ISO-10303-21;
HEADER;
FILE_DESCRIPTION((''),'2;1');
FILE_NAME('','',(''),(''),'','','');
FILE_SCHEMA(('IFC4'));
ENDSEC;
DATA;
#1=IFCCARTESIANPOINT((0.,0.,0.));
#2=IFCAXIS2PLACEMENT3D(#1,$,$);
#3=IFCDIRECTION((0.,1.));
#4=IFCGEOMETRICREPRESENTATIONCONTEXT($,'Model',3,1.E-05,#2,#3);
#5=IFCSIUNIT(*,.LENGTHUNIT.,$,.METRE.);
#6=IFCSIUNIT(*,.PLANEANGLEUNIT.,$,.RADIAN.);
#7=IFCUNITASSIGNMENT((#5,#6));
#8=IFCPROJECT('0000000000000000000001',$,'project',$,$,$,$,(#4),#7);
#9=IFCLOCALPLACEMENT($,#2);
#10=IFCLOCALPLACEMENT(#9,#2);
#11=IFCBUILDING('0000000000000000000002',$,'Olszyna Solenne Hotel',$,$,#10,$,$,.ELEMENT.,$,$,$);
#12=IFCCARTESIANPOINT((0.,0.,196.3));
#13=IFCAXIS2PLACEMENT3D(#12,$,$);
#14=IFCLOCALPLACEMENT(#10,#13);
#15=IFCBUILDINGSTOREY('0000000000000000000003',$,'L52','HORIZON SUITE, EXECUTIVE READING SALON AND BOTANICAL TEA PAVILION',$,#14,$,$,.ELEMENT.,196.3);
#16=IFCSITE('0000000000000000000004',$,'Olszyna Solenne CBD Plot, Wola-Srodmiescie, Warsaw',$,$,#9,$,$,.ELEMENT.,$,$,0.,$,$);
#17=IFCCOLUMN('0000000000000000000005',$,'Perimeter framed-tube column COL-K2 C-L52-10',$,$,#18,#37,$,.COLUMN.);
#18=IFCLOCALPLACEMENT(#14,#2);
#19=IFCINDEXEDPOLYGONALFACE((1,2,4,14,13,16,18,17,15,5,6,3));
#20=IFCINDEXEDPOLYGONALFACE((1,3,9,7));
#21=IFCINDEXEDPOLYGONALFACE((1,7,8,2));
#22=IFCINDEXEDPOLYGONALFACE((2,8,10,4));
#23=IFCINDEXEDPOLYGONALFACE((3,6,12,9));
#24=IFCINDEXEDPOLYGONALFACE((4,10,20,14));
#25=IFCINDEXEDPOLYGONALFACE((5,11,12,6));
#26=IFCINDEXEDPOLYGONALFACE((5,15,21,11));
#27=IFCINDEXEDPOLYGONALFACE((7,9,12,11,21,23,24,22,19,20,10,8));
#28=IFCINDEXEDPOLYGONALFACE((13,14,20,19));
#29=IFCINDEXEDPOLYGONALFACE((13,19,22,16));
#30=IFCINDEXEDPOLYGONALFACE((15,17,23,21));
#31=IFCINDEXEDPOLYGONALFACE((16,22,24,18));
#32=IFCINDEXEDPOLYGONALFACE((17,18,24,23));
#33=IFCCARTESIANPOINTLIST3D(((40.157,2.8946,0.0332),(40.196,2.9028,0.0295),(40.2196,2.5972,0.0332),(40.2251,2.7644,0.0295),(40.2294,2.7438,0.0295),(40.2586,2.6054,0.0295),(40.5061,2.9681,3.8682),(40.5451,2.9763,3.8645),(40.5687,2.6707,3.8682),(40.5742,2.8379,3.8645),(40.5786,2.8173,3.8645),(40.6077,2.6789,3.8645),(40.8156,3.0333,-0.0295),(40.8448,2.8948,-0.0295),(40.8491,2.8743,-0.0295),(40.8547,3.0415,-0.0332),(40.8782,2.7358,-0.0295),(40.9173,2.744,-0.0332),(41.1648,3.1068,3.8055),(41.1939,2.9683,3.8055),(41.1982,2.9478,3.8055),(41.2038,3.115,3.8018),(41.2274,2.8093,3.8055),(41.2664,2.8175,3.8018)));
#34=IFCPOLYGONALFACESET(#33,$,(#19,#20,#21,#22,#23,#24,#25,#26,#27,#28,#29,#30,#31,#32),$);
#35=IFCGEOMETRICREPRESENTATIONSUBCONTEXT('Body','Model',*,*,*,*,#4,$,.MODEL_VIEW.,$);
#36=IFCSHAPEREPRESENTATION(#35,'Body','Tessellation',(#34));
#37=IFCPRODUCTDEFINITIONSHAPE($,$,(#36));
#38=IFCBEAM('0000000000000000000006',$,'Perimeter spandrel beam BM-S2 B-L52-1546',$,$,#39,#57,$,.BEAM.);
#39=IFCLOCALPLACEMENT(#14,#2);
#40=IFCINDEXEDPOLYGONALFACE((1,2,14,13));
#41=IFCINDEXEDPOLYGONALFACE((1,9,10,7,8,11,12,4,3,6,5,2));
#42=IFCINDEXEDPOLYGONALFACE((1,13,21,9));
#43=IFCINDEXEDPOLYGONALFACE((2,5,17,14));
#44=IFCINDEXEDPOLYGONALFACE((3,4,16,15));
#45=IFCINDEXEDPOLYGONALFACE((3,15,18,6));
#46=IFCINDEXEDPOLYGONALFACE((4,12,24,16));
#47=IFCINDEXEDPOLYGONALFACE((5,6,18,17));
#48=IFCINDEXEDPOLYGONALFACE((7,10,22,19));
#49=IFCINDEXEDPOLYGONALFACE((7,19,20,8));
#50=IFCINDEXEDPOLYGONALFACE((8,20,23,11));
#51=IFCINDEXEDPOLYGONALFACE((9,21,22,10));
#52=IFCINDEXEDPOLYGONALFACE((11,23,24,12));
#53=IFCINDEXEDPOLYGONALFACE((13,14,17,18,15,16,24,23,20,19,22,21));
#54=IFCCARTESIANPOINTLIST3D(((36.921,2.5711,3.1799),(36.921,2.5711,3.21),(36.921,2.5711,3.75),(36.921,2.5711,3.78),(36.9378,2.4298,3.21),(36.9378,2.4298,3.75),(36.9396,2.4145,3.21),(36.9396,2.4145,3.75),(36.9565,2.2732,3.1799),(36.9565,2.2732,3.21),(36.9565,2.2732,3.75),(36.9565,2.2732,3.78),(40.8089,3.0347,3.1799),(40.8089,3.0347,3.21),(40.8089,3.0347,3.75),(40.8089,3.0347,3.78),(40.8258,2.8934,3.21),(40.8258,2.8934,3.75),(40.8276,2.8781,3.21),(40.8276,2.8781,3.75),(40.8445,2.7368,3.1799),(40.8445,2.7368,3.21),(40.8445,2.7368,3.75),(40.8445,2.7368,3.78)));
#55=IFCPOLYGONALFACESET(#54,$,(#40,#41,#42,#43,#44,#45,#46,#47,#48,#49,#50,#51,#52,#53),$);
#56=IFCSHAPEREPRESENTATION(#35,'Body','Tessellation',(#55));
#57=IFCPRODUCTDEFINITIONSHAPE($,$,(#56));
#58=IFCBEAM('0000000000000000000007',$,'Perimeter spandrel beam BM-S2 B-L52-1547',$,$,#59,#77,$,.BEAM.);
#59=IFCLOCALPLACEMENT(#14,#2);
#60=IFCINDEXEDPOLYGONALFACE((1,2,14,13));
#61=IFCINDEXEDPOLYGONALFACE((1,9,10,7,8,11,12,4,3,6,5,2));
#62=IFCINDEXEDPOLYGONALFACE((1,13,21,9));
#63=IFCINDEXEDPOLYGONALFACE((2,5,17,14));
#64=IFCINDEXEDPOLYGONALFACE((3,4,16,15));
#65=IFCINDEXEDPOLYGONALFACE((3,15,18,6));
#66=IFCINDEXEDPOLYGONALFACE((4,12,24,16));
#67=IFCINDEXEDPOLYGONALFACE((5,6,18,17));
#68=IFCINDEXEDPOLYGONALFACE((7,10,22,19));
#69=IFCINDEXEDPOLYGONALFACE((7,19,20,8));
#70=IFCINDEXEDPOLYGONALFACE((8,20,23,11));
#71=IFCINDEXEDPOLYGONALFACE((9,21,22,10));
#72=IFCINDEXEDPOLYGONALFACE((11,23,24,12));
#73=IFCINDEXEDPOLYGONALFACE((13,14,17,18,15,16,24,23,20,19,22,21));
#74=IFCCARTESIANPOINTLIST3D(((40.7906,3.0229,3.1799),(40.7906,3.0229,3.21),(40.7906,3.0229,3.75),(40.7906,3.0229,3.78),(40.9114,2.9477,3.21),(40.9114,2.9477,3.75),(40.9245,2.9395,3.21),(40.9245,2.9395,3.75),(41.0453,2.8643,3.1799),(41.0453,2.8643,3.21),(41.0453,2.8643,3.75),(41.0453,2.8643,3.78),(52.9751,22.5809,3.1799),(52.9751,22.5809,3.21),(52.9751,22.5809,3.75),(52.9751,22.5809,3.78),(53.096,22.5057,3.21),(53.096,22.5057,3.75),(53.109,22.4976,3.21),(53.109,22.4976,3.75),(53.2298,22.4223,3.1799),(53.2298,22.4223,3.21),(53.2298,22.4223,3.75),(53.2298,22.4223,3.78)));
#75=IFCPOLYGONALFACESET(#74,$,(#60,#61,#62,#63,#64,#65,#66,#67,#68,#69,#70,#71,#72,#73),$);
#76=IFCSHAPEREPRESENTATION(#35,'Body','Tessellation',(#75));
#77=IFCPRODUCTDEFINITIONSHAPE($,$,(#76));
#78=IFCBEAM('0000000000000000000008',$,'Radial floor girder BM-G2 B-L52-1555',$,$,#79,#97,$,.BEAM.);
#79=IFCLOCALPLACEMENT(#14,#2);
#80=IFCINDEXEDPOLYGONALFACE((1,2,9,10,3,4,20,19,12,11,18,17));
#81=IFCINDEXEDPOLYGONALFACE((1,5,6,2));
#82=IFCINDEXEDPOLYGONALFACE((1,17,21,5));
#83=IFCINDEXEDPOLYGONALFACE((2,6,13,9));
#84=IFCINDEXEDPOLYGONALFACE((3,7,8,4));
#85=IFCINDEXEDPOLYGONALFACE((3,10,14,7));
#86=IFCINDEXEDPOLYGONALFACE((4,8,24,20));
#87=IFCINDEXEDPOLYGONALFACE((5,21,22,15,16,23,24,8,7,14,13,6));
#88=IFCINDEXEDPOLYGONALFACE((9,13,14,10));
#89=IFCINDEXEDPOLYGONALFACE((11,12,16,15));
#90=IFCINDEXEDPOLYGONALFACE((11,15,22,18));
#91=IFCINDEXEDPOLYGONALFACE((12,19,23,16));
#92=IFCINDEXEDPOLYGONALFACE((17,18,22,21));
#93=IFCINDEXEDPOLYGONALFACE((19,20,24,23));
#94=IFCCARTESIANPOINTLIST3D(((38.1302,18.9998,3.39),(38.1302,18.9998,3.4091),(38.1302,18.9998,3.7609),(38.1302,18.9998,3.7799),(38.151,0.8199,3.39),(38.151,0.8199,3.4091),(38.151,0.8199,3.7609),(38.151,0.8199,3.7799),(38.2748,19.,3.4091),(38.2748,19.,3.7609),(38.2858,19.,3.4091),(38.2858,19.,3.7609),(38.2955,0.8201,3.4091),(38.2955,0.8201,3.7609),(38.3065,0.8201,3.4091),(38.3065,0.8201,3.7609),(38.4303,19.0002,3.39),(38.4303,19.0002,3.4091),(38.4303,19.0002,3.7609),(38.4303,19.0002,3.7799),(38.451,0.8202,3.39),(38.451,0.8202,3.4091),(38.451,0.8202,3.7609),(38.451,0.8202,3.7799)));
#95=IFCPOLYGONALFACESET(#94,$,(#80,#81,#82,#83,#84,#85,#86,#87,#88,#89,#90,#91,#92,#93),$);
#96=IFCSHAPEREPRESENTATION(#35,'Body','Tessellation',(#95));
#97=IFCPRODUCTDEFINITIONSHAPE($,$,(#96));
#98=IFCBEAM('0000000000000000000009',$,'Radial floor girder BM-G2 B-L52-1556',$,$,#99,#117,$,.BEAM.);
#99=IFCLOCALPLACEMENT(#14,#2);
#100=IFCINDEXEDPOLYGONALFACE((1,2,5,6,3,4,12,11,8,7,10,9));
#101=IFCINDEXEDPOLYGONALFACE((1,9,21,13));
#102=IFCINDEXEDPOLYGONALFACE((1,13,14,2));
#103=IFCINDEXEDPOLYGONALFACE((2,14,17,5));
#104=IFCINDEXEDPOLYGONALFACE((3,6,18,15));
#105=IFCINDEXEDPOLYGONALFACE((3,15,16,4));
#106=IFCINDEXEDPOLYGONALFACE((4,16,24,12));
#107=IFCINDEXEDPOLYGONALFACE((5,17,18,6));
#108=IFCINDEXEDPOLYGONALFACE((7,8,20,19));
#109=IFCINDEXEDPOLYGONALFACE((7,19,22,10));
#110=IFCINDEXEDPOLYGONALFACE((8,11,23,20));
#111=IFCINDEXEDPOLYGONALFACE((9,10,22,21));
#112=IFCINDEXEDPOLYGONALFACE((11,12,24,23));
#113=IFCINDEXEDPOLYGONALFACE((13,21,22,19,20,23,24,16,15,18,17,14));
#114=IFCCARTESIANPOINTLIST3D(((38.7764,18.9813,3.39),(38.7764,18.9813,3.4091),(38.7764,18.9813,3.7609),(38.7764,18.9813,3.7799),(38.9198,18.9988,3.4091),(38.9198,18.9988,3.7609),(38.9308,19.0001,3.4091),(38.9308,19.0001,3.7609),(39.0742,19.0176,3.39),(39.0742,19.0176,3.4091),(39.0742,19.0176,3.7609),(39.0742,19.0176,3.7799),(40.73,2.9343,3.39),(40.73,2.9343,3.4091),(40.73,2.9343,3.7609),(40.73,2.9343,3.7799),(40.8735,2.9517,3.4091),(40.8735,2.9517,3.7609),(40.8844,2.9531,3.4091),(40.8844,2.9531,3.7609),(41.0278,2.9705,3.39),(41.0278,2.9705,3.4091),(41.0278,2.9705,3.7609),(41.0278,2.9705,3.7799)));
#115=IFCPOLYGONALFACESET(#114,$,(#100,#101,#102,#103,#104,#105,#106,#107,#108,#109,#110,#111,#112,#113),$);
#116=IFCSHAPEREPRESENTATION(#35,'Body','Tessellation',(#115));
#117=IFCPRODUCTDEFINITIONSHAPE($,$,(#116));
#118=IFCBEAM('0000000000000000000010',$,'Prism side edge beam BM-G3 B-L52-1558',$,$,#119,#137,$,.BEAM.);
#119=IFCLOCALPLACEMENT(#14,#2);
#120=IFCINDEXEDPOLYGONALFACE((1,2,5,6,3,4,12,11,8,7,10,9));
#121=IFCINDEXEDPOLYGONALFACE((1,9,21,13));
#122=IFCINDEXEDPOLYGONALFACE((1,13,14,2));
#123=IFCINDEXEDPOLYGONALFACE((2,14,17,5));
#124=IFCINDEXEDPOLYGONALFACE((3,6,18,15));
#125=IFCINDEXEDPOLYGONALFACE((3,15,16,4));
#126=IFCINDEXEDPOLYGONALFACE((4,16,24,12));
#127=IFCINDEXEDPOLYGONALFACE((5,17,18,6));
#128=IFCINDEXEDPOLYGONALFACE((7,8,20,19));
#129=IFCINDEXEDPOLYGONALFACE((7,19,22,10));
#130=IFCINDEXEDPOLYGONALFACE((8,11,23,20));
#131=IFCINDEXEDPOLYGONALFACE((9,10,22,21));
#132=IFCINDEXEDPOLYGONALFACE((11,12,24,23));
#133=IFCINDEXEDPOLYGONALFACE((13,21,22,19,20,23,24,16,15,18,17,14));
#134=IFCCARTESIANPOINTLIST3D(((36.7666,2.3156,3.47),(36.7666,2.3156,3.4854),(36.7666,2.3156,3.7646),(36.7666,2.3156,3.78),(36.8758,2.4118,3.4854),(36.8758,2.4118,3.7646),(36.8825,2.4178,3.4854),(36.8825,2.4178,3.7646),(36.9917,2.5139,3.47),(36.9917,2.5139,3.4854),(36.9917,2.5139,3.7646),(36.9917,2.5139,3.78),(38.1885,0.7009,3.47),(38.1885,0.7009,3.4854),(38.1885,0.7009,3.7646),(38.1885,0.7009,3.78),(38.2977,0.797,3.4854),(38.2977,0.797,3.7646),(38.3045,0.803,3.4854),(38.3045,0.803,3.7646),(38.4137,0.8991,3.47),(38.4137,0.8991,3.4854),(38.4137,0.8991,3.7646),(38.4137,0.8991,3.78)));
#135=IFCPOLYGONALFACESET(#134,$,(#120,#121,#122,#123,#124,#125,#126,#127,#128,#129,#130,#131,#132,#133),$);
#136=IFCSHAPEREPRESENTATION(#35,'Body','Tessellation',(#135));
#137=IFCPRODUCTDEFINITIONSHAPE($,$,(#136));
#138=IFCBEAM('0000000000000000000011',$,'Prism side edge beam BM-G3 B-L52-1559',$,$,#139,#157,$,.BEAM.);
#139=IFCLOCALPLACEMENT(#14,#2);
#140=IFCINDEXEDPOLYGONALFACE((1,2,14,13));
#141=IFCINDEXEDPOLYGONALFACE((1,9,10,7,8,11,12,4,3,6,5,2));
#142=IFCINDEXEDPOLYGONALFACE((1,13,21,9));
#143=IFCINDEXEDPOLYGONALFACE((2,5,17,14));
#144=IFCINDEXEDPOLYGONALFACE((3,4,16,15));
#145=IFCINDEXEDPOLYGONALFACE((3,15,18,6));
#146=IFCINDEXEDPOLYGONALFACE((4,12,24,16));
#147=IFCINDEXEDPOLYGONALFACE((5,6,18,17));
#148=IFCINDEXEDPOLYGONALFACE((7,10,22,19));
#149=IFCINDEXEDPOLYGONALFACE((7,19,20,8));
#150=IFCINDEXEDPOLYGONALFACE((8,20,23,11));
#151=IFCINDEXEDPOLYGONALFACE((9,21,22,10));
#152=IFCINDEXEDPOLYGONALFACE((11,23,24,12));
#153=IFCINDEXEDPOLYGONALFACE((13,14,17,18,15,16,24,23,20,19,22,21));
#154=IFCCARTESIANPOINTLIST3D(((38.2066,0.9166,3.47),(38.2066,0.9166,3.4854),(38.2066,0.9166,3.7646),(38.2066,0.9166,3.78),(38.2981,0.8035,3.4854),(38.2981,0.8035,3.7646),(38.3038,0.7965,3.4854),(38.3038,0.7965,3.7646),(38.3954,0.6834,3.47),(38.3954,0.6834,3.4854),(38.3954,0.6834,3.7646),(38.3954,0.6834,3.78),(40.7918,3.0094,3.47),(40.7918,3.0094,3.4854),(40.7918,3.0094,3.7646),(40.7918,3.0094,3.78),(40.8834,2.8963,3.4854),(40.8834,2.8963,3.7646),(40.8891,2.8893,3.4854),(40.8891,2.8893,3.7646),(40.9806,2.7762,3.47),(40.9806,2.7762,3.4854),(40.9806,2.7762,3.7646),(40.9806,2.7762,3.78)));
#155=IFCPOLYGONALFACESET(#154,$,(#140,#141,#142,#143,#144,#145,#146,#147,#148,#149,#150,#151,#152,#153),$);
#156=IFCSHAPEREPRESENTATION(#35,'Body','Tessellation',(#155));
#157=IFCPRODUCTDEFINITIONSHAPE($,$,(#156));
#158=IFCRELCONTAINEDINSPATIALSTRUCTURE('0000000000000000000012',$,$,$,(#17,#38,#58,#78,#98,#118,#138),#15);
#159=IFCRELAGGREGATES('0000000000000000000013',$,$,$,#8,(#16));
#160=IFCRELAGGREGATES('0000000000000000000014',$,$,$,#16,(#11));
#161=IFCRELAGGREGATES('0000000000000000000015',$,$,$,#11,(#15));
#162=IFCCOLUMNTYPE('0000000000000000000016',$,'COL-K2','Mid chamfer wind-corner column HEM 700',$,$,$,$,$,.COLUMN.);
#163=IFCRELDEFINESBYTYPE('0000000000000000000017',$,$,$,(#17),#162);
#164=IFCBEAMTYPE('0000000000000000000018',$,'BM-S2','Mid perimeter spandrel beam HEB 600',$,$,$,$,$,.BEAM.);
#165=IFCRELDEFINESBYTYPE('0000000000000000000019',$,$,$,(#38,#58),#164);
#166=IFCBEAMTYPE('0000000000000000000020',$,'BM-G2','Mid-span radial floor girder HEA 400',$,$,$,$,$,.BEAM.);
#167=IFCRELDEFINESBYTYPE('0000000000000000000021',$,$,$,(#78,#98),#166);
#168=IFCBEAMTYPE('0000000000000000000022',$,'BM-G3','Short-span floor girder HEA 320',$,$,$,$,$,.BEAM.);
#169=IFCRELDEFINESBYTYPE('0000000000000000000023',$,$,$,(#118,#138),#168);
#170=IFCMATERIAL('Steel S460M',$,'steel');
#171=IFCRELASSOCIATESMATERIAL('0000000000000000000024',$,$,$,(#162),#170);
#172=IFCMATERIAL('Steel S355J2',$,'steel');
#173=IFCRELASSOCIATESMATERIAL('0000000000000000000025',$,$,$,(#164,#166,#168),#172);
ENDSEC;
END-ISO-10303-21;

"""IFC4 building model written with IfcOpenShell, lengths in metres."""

from ifc_helpers import new_model, si_unit, direction, frame, origin, origin_2d, place, context, subcontext, project, spatial, i_section, extrude, source, transform, mapped, material, material_profile, profile_set, type_object, element, save


model = new_model("IFC4")

# Units and contexts
model_context = context("Model", 3, precision=1e-05, world=origin(), true_north=direction((0.0, 1.0)))
body_context = subcontext(model_context, "Body", "Model", "MODEL_VIEW")
ifc_project = project(units=[si_unit("LENGTHUNIT", "METRE"), si_unit("PLANEANGLEUNIT", "RADIAN")], contexts=[model_context])

# Site, building, storey
site_placement = place(None, origin())
site = spatial("IfcSite", under=ifc_project, at=site_placement, Name="Olszyna Solenne CBD Plot, Wola-Srodmiescie, Warsaw", CompositionType="ELEMENT", RefElevation=0.0)
building_placement = place(site_placement, origin())
building = spatial("IfcBuilding", under=site, at=building_placement, Name="Olszyna Solenne Hotel", CompositionType="ELEMENT")
storey_placement = place(building_placement, frame((0.0, 0.0, 196.3)))
storey = spatial("IfcBuildingStorey", under=building, at=storey_placement, Name="L52", Description="HORIZON SUITE, EXECUTIVE READING SALON AND BOTANICAL TEA PAVILION", CompositionType="ELEMENT", Elevation=196.3)

# Column
ifc_material_1 = material(Name="Steel S460M", Category="steel")
ifc_material_profile_1 = material_profile(ifc_material_1, i_section(OverallWidth=0.304, OverallDepth=0.7161, WebThickness=0.021, FlangeThickness=0.04, at=origin_2d()), Name="HEM 700", Category="load-bearing")
ifc_profile_set_1 = profile_set([ifc_material_profile_1], Name="Steel S460M")
column_type = type_object("IfcColumnType", Name="COL-K2", Description="Mid chamfer wind-corner column HEM 700", PredefinedType="COLUMN", material=ifc_profile_set_1)
shared_shape_1 = source(origin(), body_context, "Body", "SweptSolid", [
    extrude(i_section(OverallWidth=0.304, OverallDepth=0.7161, WebThickness=0.021, FlangeThickness=0.04, at=origin_2d()), origin(), (0.0, 0.0, 1.0), 3.8516),
])
column_placement = place(storey_placement, frame((40.5371, 2.8193, 0.0), z_axis=(0.090645, 0.01908, 0.9957), x_axis=(-0.205976, 0.978557, 0.0)))
element("IfcColumn", 1, at=column_placement, inside=storey, type_object=column_type, Name="Perimeter framed-tube column COL-K2 C-L52-10", PredefinedType="COLUMN", context=body_context, shape_type="MappedRepresentation", body=[
    mapped(shared_shape_1, transform((0.0, 0.0, 0.0), x_axis=(1.0, 0.0, 0.0), y_axis=(0.0, 1.0, 0.0), z_axis=(0.0, 0.0, 1.0), scale=1.0)),
])

# Beams
ifc_material_2 = material(Name="Steel S355J2", Category="steel")
ifc_material_profile_2 = material_profile(ifc_material_2, i_section(OverallWidth=0.3, OverallDepth=0.6001, WebThickness=0.0154, FlangeThickness=0.03, at=origin_2d()), Name="HEB 600", Category="load-bearing")
ifc_profile_set_2 = profile_set([ifc_material_profile_2], Name="Steel S355J2")
beam_type_1 = type_object("IfcBeamType", Name="BM-S2", Description="Mid perimeter spandrel beam HEB 600", PredefinedType="BEAM", material=ifc_profile_set_2)
shared_shape_2 = source(origin(), body_context, "Body", "SweptSolid", [
    extrude(i_section(OverallWidth=0.3, OverallDepth=0.6001, WebThickness=0.0154, FlangeThickness=0.03, at=origin_2d()), origin(), (0.0, 0.0, 1.0), 3.9155),
])
beam_1_placement = place(storey_placement, frame((36.9387, 2.4221, 3.48), z_axis=(0.992965, 0.118408, 0.0), x_axis=(-0.118408, 0.992965, 0.0)))
element("IfcBeam", 2, at=beam_1_placement, inside=storey, type_object=beam_type_1, Name="Perimeter spandrel beam BM-S2 B-L52-1546", PredefinedType="BEAM", context=body_context, shape_type="MappedRepresentation", body=[
    mapped(shared_shape_2, transform((0.0, 0.0, 0.0), x_axis=(1.0, 0.0, 0.0), y_axis=(0.0, 1.0, 0.0), z_axis=(0.0, 0.0, 1.0), scale=1.0)),
])
shared_shape_3 = source(origin(), body_context, "Body", "SweptSolid", [
    extrude(i_section(OverallWidth=0.3, OverallDepth=0.6001, WebThickness=0.0154, FlangeThickness=0.03, at=origin_2d()), origin(), (0.0, 0.0, 1.0), 23.043),
])
beam_2_placement = place(storey_placement, frame((40.918, 2.9436, 3.48), z_axis=(0.528774, 0.848763, 0.0), x_axis=(-0.848763, 0.528774, 0.0)))
element("IfcBeam", 3, at=beam_2_placement, inside=storey, type_object=beam_type_1, Name="Perimeter spandrel beam BM-S2 B-L52-1547", PredefinedType="BEAM", context=body_context, shape_type="MappedRepresentation", body=[
    mapped(shared_shape_3, transform((0.0, 0.0, 0.0), x_axis=(1.0, 0.0, 0.0), y_axis=(0.0, 1.0, 0.0), z_axis=(0.0, 0.0, 1.0), scale=1.0)),
])
ifc_material_profile_3 = material_profile(ifc_material_2, i_section(OverallWidth=0.3, OverallDepth=0.3899, WebThickness=0.011, FlangeThickness=0.019, at=origin_2d()), Name="HEA 400", Category="load-bearing")
ifc_profile_set_3 = profile_set([ifc_material_profile_3], Name="Steel S355J2")
beam_type_2 = type_object("IfcBeamType", Name="BM-G2", Description="Mid-span radial floor girder HEA 400", PredefinedType="BEAM", material=ifc_profile_set_3)
shared_shape_4 = source(origin(), body_context, "Body", "SweptSolid", [
    extrude(i_section(OverallWidth=0.3, OverallDepth=0.3899, WebThickness=0.011, FlangeThickness=0.019, at=origin_2d()), origin(), (0.0, 0.0, 1.0), 18.1799),
])
beam_3_placement = place(storey_placement, frame((38.301, 0.8201, 3.585), z_axis=(-0.001141, 0.999999, 0.0), x_axis=(-0.999999, -0.001141, 0.0)))
element("IfcBeam", 4, at=beam_3_placement, inside=storey, type_object=beam_type_2, Name="Radial floor girder BM-G2 B-L52-1555", PredefinedType="BEAM", context=body_context, shape_type="MappedRepresentation", body=[
    mapped(shared_shape_4, transform((0.0, 0.0, 0.0), x_axis=(1.0, 0.0, 0.0), y_axis=(0.0, 1.0, 0.0), z_axis=(0.0, 0.0, 1.0), scale=1.0)),
])
shared_shape_5 = source(origin(), body_context, "Body", "SweptSolid", [
    extrude(i_section(OverallWidth=0.3, OverallDepth=0.3899, WebThickness=0.011, FlangeThickness=0.019, at=origin_2d()), origin(), (0.0, 0.0, 1.0), 16.1655),
])
beam_4_placement = place(storey_placement, frame((40.8789, 2.9524, 3.585), z_axis=(-0.12085, 0.992671, 0.0), x_axis=(-0.992671, -0.12085, 0.0)))
element("IfcBeam", 5, at=beam_4_placement, inside=storey, type_object=beam_type_2, Name="Radial floor girder BM-G2 B-L52-1556", PredefinedType="BEAM", context=body_context, shape_type="MappedRepresentation", body=[
    mapped(shared_shape_5, transform((0.0, 0.0, 0.0), x_axis=(1.0, 0.0, 0.0), y_axis=(0.0, 1.0, 0.0), z_axis=(0.0, 0.0, 1.0), scale=1.0)),
])
ifc_material_profile_4 = material_profile(ifc_material_2, i_section(OverallWidth=0.3, OverallDepth=0.3101, WebThickness=0.009, FlangeThickness=0.0154, at=origin_2d()), Name="HEA 320", Category="load-bearing")
ifc_profile_set_4 = profile_set([ifc_material_profile_4], Name="Steel S355J2")
beam_type_3 = type_object("IfcBeamType", Name="BM-G3", Description="Short-span floor girder HEA 320", PredefinedType="BEAM", material=ifc_profile_set_4)
shared_shape_6 = source(origin(), body_context, "Body", "SweptSolid", [
    extrude(i_section(OverallWidth=0.3, OverallDepth=0.3101, WebThickness=0.009, FlangeThickness=0.0154, at=origin_2d()), origin(), (0.0, 0.0, 1.0), 2.1516),
])
beam_5_placement = place(storey_placement, frame((36.8792, 2.4148, 3.625), z_axis=(0.660863, -0.750506, 0.0), x_axis=(0.750506, 0.660863, 0.0)))
element("IfcBeam", 6, at=beam_5_placement, inside=storey, type_object=beam_type_3, Name="Prism side edge beam BM-G3 B-L52-1558", PredefinedType="BEAM", context=body_context, shape_type="MappedRepresentation", body=[
    mapped(shared_shape_6, transform((0.0, 0.0, 0.0), x_axis=(1.0, 0.0, 0.0), y_axis=(0.0, 1.0, 0.0), z_axis=(0.0, 0.0, 1.0), scale=1.0)),
])
shared_shape_7 = source(origin(), body_context, "Body", "SweptSolid", [
    extrude(i_section(OverallWidth=0.3, OverallDepth=0.3101, WebThickness=0.009, FlangeThickness=0.0154, at=origin_2d()), origin(), (0.0, 0.0, 1.0), 3.3262),
])
beam_6_placement = place(storey_placement, frame((40.8862, 2.8928, 3.625), z_axis=(-0.777247, -0.629196, 0.0), x_axis=(0.629196, -0.777247, 0.0)))
element("IfcBeam", 7, at=beam_6_placement, inside=storey, type_object=beam_type_3, Name="Prism side edge beam BM-G3 B-L52-1559", PredefinedType="BEAM", context=body_context, shape_type="MappedRepresentation", body=[
    mapped(shared_shape_7, transform((0.0, 0.0, 0.0), x_axis=(1.0, 0.0, 0.0), y_axis=(0.0, 1.0, 0.0), z_axis=(0.0, 0.0, 1.0), scale=1.0)),
])

save(model, "model.ifc")
